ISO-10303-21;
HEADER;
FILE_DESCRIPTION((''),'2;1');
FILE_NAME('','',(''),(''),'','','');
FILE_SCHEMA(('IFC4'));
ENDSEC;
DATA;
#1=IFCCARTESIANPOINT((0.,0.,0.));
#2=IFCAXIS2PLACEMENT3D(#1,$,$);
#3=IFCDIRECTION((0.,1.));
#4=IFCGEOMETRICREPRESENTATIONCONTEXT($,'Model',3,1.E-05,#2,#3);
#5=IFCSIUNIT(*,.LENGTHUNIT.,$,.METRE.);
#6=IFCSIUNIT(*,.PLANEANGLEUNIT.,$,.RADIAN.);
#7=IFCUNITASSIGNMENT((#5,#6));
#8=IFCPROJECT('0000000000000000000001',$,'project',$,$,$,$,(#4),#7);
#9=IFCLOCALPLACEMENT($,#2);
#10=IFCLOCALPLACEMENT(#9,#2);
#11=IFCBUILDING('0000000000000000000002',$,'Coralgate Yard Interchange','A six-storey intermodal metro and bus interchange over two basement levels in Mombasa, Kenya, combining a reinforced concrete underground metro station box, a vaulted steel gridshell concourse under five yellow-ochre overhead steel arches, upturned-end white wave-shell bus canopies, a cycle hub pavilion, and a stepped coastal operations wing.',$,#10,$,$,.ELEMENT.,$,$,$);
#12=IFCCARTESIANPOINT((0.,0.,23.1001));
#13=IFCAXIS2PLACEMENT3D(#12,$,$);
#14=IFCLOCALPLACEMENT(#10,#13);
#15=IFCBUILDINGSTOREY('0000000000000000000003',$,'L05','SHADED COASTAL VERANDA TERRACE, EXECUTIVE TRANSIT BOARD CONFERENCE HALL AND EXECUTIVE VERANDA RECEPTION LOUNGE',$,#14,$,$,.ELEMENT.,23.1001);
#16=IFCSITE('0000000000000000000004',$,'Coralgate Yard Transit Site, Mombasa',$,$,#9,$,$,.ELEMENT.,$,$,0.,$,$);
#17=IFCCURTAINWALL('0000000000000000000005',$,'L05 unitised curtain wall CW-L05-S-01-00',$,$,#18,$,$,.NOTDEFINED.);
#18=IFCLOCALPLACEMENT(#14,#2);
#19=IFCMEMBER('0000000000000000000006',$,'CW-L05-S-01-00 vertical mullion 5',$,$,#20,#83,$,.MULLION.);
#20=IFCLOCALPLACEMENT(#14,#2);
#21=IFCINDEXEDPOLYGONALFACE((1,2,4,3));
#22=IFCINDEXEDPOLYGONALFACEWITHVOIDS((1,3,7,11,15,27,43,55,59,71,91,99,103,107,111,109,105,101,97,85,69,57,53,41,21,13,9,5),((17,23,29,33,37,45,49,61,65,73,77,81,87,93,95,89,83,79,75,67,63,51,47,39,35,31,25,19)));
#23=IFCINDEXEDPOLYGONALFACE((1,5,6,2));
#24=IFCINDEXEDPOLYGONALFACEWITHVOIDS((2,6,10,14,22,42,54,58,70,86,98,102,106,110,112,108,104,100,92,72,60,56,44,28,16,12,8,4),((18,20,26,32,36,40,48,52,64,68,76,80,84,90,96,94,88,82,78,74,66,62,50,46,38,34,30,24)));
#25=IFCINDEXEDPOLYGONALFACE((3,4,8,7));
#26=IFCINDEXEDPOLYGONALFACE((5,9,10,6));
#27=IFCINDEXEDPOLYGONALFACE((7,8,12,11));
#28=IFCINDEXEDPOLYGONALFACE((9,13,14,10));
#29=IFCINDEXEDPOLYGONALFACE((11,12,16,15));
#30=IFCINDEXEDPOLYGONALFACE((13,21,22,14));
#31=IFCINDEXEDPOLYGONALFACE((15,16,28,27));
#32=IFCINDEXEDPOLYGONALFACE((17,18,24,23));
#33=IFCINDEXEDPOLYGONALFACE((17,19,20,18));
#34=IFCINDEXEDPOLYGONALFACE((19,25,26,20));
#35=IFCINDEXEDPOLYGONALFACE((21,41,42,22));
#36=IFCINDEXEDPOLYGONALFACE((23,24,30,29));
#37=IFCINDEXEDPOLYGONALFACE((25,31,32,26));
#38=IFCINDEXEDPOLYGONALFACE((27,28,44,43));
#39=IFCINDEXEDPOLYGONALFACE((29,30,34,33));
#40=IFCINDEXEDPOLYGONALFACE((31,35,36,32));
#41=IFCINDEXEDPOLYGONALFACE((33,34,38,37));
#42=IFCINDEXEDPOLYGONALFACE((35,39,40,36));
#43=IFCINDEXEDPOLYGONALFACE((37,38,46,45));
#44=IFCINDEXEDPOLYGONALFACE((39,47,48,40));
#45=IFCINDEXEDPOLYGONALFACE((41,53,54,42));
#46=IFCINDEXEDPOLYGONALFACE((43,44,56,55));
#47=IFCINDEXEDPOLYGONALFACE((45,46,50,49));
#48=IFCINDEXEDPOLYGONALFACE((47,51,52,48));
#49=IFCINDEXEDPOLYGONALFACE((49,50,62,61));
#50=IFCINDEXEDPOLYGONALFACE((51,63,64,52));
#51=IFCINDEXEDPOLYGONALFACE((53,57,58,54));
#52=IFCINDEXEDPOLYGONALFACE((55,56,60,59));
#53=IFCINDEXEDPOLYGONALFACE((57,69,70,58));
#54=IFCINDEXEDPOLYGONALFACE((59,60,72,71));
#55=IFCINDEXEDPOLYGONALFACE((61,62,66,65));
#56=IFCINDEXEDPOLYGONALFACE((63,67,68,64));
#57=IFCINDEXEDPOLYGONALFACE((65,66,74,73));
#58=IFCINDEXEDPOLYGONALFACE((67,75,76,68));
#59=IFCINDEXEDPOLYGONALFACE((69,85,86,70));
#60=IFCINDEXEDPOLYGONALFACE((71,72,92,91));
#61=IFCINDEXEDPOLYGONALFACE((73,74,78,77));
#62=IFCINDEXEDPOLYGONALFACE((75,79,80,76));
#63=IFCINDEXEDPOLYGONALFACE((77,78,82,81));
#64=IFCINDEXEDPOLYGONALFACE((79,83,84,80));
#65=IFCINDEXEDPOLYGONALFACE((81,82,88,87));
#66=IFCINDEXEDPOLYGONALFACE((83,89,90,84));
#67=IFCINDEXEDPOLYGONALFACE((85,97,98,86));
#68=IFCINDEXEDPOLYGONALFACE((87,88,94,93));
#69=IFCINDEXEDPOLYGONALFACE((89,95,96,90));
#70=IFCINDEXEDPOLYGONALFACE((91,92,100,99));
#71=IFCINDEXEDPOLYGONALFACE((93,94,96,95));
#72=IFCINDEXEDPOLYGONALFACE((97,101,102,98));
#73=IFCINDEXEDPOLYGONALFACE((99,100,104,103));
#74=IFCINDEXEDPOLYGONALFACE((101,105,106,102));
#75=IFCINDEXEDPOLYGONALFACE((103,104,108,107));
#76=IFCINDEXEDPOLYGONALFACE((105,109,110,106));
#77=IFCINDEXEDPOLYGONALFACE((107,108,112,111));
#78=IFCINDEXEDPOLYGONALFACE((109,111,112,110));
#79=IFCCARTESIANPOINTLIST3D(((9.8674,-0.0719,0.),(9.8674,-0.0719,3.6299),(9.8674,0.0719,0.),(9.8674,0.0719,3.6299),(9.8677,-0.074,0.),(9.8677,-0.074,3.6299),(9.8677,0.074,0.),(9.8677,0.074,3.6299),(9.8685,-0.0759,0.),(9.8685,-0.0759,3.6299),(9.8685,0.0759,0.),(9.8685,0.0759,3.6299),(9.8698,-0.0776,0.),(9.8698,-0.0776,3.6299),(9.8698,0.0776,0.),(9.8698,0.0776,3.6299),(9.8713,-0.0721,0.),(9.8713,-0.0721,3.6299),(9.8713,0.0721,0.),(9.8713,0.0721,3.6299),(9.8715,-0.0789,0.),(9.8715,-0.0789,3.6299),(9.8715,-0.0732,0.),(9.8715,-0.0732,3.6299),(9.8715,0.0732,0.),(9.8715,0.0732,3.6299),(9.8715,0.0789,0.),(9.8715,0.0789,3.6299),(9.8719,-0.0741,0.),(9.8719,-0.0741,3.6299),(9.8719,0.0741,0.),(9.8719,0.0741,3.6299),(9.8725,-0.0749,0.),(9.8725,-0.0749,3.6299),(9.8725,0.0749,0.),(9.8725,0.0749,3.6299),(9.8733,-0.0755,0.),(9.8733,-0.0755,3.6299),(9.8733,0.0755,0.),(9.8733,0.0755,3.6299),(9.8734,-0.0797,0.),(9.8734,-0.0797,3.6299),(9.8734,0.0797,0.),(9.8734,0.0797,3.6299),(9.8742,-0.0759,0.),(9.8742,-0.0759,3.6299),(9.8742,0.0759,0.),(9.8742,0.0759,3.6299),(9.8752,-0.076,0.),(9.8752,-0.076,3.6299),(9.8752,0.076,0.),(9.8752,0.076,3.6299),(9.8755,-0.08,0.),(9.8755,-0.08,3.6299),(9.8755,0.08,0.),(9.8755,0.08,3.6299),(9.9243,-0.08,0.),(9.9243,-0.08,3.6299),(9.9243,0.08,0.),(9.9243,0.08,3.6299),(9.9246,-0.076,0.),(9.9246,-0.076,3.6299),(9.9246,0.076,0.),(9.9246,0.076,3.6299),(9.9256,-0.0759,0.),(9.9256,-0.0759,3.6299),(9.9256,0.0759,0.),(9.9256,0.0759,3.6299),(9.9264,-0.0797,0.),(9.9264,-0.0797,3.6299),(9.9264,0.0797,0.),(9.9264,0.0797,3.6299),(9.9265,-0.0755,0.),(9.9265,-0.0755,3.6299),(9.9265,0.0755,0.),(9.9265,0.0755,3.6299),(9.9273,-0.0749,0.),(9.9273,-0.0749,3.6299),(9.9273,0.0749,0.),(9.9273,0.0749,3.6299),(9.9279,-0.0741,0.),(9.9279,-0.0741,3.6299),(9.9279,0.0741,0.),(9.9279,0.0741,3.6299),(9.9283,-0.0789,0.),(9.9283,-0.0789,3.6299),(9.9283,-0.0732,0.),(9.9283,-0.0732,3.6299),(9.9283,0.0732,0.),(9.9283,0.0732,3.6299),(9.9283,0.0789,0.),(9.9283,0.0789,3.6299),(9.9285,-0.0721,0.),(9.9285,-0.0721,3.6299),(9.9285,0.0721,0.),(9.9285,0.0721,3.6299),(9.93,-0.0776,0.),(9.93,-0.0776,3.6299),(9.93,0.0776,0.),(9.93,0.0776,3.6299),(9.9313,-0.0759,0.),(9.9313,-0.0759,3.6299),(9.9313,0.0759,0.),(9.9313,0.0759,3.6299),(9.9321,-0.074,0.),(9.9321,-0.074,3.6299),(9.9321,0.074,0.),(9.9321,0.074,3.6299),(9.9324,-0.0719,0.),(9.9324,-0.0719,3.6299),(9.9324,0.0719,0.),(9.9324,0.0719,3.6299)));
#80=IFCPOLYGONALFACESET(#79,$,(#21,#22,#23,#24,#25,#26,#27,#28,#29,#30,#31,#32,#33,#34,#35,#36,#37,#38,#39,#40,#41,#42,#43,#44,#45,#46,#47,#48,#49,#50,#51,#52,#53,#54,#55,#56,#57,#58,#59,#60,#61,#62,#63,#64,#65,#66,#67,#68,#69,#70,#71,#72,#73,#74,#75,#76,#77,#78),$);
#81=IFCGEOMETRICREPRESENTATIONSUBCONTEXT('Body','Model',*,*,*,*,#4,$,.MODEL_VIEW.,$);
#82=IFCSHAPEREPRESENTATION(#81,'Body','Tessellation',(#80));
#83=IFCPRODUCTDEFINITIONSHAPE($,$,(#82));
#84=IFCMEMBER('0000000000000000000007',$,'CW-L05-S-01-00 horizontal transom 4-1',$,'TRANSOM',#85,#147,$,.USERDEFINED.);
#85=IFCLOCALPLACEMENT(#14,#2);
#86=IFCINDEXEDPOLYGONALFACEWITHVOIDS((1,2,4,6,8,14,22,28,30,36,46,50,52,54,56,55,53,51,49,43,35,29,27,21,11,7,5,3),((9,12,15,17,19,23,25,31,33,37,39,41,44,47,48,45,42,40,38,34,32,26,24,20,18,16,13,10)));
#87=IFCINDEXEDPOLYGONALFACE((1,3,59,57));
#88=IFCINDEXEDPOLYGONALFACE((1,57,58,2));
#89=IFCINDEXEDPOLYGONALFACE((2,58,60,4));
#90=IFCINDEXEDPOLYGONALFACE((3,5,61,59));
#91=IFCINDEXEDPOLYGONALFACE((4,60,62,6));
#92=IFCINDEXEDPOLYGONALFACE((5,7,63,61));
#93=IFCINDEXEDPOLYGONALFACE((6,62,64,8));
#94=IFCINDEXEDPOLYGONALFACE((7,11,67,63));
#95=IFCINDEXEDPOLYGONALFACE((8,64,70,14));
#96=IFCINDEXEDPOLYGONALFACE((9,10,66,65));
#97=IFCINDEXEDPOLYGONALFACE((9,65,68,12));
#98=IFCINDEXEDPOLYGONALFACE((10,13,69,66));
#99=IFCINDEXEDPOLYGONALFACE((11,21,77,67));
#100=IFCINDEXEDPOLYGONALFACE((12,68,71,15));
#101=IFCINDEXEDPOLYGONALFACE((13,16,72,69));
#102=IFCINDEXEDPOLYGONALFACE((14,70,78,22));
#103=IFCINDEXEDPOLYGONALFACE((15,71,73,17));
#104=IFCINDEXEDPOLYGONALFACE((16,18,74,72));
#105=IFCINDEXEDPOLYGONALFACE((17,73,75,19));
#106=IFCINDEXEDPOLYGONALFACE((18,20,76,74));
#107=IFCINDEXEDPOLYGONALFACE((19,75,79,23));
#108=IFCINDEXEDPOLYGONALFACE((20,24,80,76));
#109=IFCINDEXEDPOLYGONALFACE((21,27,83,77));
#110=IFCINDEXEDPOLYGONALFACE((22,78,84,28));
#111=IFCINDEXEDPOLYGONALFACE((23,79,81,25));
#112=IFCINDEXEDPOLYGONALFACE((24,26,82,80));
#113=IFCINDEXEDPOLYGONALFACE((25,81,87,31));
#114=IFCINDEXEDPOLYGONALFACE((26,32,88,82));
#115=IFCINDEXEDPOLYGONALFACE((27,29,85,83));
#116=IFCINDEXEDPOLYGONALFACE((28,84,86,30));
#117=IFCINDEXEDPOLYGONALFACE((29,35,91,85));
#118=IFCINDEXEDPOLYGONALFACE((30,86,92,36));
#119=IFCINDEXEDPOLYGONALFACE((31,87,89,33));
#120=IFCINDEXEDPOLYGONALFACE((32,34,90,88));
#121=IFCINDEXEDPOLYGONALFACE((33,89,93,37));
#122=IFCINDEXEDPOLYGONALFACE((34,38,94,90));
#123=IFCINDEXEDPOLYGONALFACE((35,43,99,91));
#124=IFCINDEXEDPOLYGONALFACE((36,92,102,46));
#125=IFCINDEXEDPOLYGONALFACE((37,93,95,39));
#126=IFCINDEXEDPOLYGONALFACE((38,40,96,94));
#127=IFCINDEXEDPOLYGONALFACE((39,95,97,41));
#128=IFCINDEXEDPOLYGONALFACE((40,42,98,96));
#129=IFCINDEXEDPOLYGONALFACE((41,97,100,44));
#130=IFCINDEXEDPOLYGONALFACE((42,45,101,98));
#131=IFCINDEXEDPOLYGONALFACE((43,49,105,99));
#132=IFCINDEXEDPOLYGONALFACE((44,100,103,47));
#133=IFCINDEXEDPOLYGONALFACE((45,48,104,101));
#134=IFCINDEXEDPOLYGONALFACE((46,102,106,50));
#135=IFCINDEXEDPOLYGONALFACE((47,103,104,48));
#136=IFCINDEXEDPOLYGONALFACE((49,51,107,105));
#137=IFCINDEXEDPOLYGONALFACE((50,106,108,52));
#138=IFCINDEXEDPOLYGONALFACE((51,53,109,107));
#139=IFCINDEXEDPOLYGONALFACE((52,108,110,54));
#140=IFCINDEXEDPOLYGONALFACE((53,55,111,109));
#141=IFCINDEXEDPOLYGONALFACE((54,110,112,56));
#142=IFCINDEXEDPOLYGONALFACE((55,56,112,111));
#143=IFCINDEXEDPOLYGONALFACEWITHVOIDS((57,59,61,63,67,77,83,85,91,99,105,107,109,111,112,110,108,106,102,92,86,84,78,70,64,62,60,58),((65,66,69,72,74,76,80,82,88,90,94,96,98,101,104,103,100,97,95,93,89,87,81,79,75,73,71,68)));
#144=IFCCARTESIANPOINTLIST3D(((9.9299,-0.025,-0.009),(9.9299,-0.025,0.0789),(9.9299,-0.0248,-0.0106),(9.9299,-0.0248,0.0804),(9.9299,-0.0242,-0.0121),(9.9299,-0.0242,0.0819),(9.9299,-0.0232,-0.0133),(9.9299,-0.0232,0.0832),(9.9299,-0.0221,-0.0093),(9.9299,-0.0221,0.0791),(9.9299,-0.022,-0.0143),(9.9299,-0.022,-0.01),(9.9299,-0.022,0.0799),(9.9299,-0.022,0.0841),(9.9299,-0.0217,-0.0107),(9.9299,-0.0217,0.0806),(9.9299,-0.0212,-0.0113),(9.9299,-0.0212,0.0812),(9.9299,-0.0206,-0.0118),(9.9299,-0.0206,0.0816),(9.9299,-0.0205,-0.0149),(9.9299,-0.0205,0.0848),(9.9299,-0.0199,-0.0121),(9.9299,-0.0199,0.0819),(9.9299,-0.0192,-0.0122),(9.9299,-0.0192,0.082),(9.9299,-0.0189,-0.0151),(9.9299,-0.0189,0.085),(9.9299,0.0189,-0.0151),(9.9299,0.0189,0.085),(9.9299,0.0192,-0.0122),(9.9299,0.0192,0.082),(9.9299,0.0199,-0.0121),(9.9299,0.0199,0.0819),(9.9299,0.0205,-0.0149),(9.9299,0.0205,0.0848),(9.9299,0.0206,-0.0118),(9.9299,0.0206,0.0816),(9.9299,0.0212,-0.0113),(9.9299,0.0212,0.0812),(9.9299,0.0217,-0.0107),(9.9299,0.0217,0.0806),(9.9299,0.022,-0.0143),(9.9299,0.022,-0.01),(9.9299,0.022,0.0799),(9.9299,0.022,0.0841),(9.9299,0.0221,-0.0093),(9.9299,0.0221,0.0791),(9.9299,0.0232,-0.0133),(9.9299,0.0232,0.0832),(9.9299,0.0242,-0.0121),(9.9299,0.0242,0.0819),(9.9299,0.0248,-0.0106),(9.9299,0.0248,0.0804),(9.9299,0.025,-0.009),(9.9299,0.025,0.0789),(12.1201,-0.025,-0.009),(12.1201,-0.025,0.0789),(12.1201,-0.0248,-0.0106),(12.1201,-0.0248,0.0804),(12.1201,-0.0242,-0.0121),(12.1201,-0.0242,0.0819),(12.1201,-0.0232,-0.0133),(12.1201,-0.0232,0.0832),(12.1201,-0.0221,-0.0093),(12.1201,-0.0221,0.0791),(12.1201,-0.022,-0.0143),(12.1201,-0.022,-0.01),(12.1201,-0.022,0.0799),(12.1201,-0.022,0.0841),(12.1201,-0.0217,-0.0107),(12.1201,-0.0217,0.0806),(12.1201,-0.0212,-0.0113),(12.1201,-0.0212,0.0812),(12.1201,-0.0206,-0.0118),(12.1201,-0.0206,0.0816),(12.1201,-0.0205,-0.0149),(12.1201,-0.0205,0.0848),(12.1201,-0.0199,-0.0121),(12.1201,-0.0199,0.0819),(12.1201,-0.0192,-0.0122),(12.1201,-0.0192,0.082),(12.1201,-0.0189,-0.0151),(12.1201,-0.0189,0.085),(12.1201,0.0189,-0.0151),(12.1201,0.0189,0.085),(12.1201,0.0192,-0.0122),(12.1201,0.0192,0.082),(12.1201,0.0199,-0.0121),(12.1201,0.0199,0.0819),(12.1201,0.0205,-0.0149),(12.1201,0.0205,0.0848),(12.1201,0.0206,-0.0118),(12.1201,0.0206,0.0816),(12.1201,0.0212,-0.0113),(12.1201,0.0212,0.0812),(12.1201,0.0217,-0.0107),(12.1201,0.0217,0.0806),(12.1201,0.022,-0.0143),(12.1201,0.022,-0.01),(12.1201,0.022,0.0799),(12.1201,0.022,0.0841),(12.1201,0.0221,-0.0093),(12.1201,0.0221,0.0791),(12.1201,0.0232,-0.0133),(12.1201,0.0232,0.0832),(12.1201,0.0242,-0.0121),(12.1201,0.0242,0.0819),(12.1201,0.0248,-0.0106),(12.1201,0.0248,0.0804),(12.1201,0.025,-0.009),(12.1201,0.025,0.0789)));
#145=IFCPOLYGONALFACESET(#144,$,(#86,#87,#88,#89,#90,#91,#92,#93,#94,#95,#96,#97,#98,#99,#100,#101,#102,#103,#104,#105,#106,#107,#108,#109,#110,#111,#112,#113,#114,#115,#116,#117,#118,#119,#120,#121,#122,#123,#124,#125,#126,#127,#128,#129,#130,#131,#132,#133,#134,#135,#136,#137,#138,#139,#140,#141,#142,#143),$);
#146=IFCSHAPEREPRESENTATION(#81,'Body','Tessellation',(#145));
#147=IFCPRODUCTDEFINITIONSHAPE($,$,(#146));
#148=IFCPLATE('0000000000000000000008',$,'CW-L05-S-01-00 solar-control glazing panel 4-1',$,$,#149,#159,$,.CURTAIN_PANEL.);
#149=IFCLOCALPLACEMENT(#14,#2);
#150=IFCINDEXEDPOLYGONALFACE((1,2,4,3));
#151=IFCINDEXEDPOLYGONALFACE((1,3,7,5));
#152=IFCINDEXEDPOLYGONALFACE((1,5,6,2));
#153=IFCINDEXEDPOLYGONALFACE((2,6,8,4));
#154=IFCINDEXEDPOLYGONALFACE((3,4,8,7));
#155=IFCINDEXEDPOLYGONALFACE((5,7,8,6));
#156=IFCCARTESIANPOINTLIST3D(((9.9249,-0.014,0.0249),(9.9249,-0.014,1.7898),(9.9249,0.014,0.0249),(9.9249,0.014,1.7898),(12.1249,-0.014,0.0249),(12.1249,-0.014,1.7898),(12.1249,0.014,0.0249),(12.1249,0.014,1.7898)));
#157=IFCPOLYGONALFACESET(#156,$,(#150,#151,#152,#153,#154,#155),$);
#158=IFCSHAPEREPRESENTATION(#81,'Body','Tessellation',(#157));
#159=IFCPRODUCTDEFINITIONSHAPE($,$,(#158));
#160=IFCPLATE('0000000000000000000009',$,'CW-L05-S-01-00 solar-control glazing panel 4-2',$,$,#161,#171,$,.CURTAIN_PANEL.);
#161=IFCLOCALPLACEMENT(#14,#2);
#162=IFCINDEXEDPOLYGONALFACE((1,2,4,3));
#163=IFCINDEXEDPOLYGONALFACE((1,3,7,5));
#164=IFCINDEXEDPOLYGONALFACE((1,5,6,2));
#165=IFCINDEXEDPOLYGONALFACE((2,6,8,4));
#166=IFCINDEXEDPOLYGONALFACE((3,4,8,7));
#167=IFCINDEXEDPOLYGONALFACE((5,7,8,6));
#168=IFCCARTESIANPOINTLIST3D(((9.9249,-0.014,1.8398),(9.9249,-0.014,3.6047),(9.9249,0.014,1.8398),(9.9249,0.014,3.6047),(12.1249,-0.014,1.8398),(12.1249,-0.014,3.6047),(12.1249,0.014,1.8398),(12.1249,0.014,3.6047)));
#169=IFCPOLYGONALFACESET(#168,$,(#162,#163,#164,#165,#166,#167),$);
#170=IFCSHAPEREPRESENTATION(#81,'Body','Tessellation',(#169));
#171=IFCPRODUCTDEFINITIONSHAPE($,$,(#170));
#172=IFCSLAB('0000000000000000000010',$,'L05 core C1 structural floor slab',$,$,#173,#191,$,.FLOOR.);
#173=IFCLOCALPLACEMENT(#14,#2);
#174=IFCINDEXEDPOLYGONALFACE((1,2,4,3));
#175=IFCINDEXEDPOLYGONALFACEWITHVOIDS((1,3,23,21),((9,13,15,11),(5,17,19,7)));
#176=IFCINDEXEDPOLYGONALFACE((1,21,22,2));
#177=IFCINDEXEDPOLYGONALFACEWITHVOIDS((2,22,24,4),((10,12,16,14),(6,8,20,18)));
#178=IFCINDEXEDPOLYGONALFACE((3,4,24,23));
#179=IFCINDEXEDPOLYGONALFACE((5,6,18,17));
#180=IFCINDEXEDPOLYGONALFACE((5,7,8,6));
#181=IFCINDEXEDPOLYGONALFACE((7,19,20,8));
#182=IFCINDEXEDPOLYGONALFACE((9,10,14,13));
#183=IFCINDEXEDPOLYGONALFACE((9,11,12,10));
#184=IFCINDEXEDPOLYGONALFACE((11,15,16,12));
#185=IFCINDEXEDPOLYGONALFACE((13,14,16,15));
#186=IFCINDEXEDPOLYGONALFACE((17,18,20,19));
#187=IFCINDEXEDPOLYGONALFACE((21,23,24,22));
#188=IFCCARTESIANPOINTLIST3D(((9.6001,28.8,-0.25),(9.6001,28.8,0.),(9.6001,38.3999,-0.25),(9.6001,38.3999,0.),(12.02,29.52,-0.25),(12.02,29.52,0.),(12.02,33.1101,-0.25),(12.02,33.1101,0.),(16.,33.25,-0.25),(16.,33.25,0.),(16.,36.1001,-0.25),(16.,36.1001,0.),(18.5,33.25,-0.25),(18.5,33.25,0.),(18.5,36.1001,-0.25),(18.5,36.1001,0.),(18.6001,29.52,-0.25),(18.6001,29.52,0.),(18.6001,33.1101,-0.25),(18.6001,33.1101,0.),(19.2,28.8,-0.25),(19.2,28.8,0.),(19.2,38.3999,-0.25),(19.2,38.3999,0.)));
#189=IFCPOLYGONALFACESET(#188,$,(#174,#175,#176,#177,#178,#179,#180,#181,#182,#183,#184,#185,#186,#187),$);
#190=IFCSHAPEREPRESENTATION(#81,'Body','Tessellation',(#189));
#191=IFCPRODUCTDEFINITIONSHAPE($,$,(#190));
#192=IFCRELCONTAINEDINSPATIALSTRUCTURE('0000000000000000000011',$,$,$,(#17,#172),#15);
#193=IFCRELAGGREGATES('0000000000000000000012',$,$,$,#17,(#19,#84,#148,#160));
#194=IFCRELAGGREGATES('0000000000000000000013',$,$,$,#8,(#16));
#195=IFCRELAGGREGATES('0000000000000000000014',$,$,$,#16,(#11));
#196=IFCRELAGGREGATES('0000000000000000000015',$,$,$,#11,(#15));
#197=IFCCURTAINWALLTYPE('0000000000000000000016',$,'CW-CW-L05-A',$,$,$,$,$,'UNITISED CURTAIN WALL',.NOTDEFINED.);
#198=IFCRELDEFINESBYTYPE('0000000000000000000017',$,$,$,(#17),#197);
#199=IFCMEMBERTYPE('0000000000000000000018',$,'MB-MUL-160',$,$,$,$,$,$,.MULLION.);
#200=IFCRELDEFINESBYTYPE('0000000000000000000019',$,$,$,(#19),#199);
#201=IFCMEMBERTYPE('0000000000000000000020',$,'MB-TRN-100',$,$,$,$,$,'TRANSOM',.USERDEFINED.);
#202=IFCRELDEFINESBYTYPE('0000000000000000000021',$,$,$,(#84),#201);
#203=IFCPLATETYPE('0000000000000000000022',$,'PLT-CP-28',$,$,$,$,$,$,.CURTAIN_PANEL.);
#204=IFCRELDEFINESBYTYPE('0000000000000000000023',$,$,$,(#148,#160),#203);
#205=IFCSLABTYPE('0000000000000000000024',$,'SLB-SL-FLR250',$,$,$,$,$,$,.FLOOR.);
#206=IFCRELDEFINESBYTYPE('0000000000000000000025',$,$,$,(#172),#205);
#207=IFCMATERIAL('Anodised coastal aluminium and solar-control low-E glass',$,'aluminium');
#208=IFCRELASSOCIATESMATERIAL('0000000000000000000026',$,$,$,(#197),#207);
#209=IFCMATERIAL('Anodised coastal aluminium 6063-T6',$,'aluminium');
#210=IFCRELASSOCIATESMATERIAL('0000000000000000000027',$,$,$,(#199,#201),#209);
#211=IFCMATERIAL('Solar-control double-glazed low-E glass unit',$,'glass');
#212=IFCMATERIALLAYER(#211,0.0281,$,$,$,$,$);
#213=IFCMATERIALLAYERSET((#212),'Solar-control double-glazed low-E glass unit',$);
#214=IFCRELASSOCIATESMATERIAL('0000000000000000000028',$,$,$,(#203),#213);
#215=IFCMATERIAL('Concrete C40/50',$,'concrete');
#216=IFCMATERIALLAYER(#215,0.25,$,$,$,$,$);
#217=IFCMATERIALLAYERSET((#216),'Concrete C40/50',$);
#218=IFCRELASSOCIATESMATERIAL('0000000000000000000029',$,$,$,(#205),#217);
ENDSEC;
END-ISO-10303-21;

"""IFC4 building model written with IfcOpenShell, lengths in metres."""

from ifc_helpers import new_model, si_unit, direction, frame, origin, origin_2d, place, context, subcontext, project, spatial, polyline, rectangle, hollow_rectangle, outline, extrude, material, layer, layer_set, material_profile, profile_set, type_object, element, aggregate, save


model = new_model("IFC4")

# Units and contexts
model_context = context("Model", 3, precision=1e-05, world=origin(), true_north=direction((0.0, 1.0)))
body_context = subcontext(model_context, "Body", "Model", "MODEL_VIEW")
ifc_project = project(units=[si_unit("LENGTHUNIT", "METRE"), si_unit("PLANEANGLEUNIT", "RADIAN")], contexts=[model_context])

# Site, building, storey
site_placement = place(None, origin())
site = spatial("IfcSite", under=ifc_project, at=site_placement, Name="Coralgate Yard Transit Site, Mombasa", CompositionType="ELEMENT", RefElevation=0.0)
building_placement = place(site_placement, origin())
building = spatial("IfcBuilding", under=site, at=building_placement, Name="Coralgate Yard Interchange", Description="A six-storey intermodal metro and bus interchange over two basement levels in Mombasa, Kenya, combining a reinforced concrete underground metro station box, a vaulted steel gridshell concourse under five yellow-ochre overhead steel arches, upturned-end white wave-shell bus canopies, a cycle hub pavilion, and a stepped coastal operations wing.", CompositionType="ELEMENT")
storey_placement = place(building_placement, frame((0.0, 0.0, 23.1001)))
storey = spatial("IfcBuildingStorey", under=building, at=storey_placement, Name="L05", Description="SHADED COASTAL VERANDA TERRACE, EXECUTIVE TRANSIT BOARD CONFERENCE HALL AND EXECUTIVE VERANDA RECEPTION LOUNGE", CompositionType="ELEMENT", Elevation=23.1001)

# Curtain wall, members, plates
ifc_material_1 = material(Name="Anodised coastal aluminium and solar-control low-E glass", Category="aluminium")
curtain_wall_type = type_object("IfcCurtainWallType", Name="CW-CW-L05-A", ElementType="UNITISED CURTAIN WALL", PredefinedType="NOTDEFINED", material=ifc_material_1)
curtain_wall_placement = place(storey_placement, origin())
curtain_wall = element("IfcCurtainWall", 1, at=curtain_wall_placement, inside=storey, type_object=curtain_wall_type, Name="L05 unitised curtain wall CW-L05-S-01-00", PredefinedType="NOTDEFINED")
ifc_material_2 = material(Name="Anodised coastal aluminium 6063-T6", Category="aluminium")
ifc_material_profile_1 = material_profile(ifc_material_2, hollow_rectangle(XDim=0.0649, YDim=0.1599, WallThickness=0.0039, InnerFilletRadius=0.0039, OuterFilletRadius=0.0081, at=origin_2d()), Name="ALU 65x160x4")
ifc_profile_set_1 = profile_set([ifc_material_profile_1], Name="Anodised coastal aluminium 6063-T6")
member_type_1 = type_object("IfcMemberType", Name="MB-MUL-160", PredefinedType="MULLION", material=ifc_profile_set_1)
member_1_placement = place(storey_placement, frame((9.8999, 0.0, 0.0), z_axis=(0.0, 0.0, 1.0), x_axis=(1.0, 0.0, 0.0)))
member_1 = element("IfcMember", 2, at=member_1_placement, type_object=member_type_1, Name="CW-L05-S-01-00 vertical mullion 5", PredefinedType="MULLION", context=body_context, shape_type="SweptSolid", body=[
    extrude(hollow_rectangle(XDim=0.0649, YDim=0.1599, WallThickness=0.0039, InnerFilletRadius=0.0039, OuterFilletRadius=0.0081, at=origin_2d()), origin(), (0.0, 0.0, 1.0), 3.6299),
])
ifc_material_profile_2 = material_profile(ifc_material_2, hollow_rectangle(XDim=0.05, YDim=0.1001, WallThickness=0.0029, InnerFilletRadius=0.0029, OuterFilletRadius=0.0061, at=origin_2d()), Name="ALU 50x100x3")
ifc_profile_set_2 = profile_set([ifc_material_profile_2], Name="Anodised coastal aluminium 6063-T6")
member_type_2 = type_object("IfcMemberType", Name="MB-TRN-100", ElementType="TRANSOM", PredefinedType="USERDEFINED", material=ifc_profile_set_2)
member_2_placement = place(storey_placement, frame((12.1201, 0.0, 0.0349), z_axis=(-1.0, 0.0, 0.0), x_axis=(0.0, -1.0, 0.0)))
member_2 = element("IfcMember", 3, at=member_2_placement, type_object=member_type_2, Name="CW-L05-S-01-00 horizontal transom 4-1", ObjectType="TRANSOM", PredefinedType="USERDEFINED", context=body_context, shape_type="SweptSolid", body=[
    extrude(hollow_rectangle(XDim=0.05, YDim=0.1001, WallThickness=0.0029, InnerFilletRadius=0.0029, OuterFilletRadius=0.0061, at=origin_2d()), origin(), (0.0, 0.0, 1.0), 2.1902),
])
ifc_material_3 = material(Name="Solar-control double-glazed low-E glass unit", Category="glass")
ifc_layer_1 = layer(ifc_material_3, 0.0281)
ifc_layer_set_1 = layer_set([ifc_layer_1], Name="Solar-control double-glazed low-E glass unit")
plate_type = type_object("IfcPlateType", Name="PLT-CP-28", PredefinedType="CURTAIN_PANEL", material=ifc_layer_set_1)
plate_1_placement = place(storey_placement, frame((11.0249, 0.0, 0.0249), z_axis=(0.0, 0.0, 1.0), x_axis=(-1.0, 0.0, 0.0)))
plate_1 = element("IfcPlate", 4, at=plate_1_placement, type_object=plate_type, Name="CW-L05-S-01-00 solar-control glazing panel 4-1", PredefinedType="CURTAIN_PANEL", context=body_context, shape_type="SweptSolid", body=[
    extrude(rectangle(XDim=2.2, YDim=0.0281, at=origin_2d()), origin(), (0.0, 0.0, 1.0), 1.7649),
])
plate_2_placement = place(storey_placement, frame((11.0249, 0.0, 1.8398), z_axis=(0.0, 0.0, 1.0), x_axis=(-1.0, 0.0, 0.0)))
plate_2 = element("IfcPlate", 5, at=plate_2_placement, type_object=plate_type, Name="CW-L05-S-01-00 solar-control glazing panel 4-2", PredefinedType="CURTAIN_PANEL", context=body_context, shape_type="SweptSolid", body=[
    extrude(rectangle(XDim=2.2, YDim=0.0281, at=origin_2d()), origin(), (0.0, 0.0, 1.0), 1.7649),
])
aggregate(curtain_wall, [member_1, member_2, plate_1, plate_2])

# Slab
ifc_material_4 = material(Name="Concrete C40/50", Category="concrete")
ifc_layer_2 = layer(ifc_material_4, 0.25)
ifc_layer_set_2 = layer_set([ifc_layer_2], Name="Concrete C40/50")
slab_type_1 = type_object("IfcSlabType", Name="SLB-SL-FLR250", PredefinedType="FLOOR", material=ifc_layer_set_2)
slab_1_placement = place(storey_placement, frame((0.0, 0.0, -0.25)))
element("IfcSlab", 6, at=slab_1_placement, inside=storey, type_object=slab_type_1, Name="L05 core C1 structural floor slab", PredefinedType="FLOOR", context=body_context, shape_type="SweptSolid", body=[
    extrude(outline(polyline([(19.2, 38.3999), (19.2, 28.8), (9.6001, 28.8), (9.6001, 38.3999), (19.2, 38.3999)]), holes=[polyline([(18.6001, 33.1101), (12.02, 33.1101), (12.02, 29.52), (18.6001, 29.52), (18.6001, 33.1101)]), polyline([(18.5, 33.25), (18.5, 36.1001), (16.0, 36.1001), (16.0, 33.25), (18.5, 33.25)])]), origin(), (0.0, 0.0, 1.0), 0.25),
])

save(model, "model.ifc")
